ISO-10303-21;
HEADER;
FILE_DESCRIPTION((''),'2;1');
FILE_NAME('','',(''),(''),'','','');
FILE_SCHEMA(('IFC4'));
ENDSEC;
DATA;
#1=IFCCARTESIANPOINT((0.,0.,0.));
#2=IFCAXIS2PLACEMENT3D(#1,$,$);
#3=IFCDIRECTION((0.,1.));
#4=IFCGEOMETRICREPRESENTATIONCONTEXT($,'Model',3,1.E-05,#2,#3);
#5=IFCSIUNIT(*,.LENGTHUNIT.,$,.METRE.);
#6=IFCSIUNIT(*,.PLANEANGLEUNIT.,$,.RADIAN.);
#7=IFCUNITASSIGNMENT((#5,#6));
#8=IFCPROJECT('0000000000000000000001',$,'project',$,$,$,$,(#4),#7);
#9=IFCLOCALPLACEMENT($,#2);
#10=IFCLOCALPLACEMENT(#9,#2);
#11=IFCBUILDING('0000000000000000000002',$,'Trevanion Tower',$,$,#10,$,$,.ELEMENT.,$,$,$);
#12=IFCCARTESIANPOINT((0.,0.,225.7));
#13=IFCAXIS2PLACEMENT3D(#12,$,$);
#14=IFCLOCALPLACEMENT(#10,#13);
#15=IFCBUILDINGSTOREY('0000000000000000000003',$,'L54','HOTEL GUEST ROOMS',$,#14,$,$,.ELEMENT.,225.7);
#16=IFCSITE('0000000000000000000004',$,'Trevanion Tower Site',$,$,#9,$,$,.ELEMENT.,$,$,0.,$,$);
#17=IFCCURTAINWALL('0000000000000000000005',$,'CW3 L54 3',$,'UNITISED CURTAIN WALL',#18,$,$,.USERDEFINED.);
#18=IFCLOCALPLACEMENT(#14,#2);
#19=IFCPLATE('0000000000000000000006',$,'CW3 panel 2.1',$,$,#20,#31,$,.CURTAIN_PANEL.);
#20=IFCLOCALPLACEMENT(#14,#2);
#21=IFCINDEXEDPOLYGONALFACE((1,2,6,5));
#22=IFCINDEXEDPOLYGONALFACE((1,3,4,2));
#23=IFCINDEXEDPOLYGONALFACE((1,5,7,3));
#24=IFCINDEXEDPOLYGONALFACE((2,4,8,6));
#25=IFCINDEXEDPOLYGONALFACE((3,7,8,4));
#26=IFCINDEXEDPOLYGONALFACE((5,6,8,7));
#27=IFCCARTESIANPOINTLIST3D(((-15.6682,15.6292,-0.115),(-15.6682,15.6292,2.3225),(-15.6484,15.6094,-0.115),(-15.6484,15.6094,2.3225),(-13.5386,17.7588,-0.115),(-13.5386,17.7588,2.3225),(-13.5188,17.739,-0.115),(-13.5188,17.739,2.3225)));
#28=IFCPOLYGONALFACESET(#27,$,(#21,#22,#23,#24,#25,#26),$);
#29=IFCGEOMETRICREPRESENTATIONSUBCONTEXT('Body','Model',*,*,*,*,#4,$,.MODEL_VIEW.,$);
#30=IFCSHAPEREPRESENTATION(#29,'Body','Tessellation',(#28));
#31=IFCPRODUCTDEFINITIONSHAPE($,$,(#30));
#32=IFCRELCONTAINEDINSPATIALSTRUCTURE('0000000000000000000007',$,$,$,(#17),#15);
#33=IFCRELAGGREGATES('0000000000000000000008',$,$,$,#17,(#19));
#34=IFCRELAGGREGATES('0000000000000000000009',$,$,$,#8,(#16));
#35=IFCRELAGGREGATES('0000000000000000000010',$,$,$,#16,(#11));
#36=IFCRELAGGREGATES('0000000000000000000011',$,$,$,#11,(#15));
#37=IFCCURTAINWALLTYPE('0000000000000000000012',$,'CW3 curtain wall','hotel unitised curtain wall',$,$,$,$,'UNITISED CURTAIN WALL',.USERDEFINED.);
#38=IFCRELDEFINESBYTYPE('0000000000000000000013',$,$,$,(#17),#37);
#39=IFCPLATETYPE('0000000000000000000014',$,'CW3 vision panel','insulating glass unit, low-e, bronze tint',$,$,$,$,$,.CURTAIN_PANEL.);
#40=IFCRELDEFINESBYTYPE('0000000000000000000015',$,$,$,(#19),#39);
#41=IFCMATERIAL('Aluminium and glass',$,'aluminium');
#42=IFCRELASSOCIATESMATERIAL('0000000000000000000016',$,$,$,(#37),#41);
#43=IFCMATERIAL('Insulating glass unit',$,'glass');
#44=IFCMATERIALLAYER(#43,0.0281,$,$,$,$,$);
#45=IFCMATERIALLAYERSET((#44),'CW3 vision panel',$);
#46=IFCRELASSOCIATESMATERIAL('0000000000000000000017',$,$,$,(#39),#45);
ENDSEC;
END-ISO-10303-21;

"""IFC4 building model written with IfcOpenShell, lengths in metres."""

from ifc_helpers import new_model, si_unit, direction, frame, origin, origin_2d, place, context, subcontext, project, spatial, rectangle, extrude, material, layer, layer_set, type_object, element, aggregate, save


model = new_model("IFC4")

# Units and contexts
model_context = context("Model", 3, precision=1e-05, world=origin(), true_north=direction((0.0, 1.0)))
body_context = subcontext(model_context, "Body", "Model", "MODEL_VIEW")
ifc_project = project(units=[si_unit("LENGTHUNIT", "METRE"), si_unit("PLANEANGLEUNIT", "RADIAN")], contexts=[model_context])

# Site, building, storey
site_placement = place(None, origin())
site = spatial("IfcSite", under=ifc_project, at=site_placement, Name="Trevanion Tower Site", CompositionType="ELEMENT", RefElevation=0.0)
building_placement = place(site_placement, origin())
building = spatial("IfcBuilding", under=site, at=building_placement, Name="Trevanion Tower", CompositionType="ELEMENT")
storey_placement = place(building_placement, frame((0.0, 0.0, 225.7)))
storey = spatial("IfcBuildingStorey", under=building, at=storey_placement, Name="L54", Description="HOTEL GUEST ROOMS", CompositionType="ELEMENT", Elevation=225.7)

# Curtain wall
ifc_material_1 = material(Name="Aluminium and glass", Category="aluminium")
curtain_wall_type = type_object("IfcCurtainWallType", Name="CW3 curtain wall", Description="hotel unitised curtain wall", ElementType="UNITISED CURTAIN WALL", PredefinedType="USERDEFINED", material=ifc_material_1)
curtain_wall_1_placement = place(storey_placement, origin())
curtain_wall_1 = element("IfcCurtainWall", 1, at=curtain_wall_1_placement, inside=storey, type_object=curtain_wall_type, Name="CW3 L54 3", ObjectType="UNITISED CURTAIN WALL", PredefinedType="USERDEFINED")

# Plate
ifc_material_2 = material(Name="Insulating glass unit", Category="glass")
ifc_layer_1 = layer(ifc_material_2, 0.0281)
ifc_layer_set_1 = layer_set([ifc_layer_1], Name="CW3 vision panel")
plate_type_1 = type_object("IfcPlateType", Name="CW3 vision panel", Description="insulating glass unit, low-e, bronze tint", PredefinedType="CURTAIN_PANEL", material=ifc_layer_set_1)
plate_1_placement = place(storey_placement, frame((-14.5935, 16.6841, -0.115), z_axis=(0.0, 0.0, 1.0), x_axis=(-0.707107, -0.707107, 0.0)))
plate_1 = element("IfcPlate", 2, at=plate_1_placement, type_object=plate_type_1, Name="CW3 panel 2.1", PredefinedType="CURTAIN_PANEL", context=body_context, shape_type="SweptSolid", body=[
    extrude(rectangle(XDim=3.0117, YDim=0.0281, at=origin_2d()), origin(), (0.0, 0.0, 1.0), 2.4375),
])
aggregate(curtain_wall_1, [plate_1])

save(model, "model.ifc")
